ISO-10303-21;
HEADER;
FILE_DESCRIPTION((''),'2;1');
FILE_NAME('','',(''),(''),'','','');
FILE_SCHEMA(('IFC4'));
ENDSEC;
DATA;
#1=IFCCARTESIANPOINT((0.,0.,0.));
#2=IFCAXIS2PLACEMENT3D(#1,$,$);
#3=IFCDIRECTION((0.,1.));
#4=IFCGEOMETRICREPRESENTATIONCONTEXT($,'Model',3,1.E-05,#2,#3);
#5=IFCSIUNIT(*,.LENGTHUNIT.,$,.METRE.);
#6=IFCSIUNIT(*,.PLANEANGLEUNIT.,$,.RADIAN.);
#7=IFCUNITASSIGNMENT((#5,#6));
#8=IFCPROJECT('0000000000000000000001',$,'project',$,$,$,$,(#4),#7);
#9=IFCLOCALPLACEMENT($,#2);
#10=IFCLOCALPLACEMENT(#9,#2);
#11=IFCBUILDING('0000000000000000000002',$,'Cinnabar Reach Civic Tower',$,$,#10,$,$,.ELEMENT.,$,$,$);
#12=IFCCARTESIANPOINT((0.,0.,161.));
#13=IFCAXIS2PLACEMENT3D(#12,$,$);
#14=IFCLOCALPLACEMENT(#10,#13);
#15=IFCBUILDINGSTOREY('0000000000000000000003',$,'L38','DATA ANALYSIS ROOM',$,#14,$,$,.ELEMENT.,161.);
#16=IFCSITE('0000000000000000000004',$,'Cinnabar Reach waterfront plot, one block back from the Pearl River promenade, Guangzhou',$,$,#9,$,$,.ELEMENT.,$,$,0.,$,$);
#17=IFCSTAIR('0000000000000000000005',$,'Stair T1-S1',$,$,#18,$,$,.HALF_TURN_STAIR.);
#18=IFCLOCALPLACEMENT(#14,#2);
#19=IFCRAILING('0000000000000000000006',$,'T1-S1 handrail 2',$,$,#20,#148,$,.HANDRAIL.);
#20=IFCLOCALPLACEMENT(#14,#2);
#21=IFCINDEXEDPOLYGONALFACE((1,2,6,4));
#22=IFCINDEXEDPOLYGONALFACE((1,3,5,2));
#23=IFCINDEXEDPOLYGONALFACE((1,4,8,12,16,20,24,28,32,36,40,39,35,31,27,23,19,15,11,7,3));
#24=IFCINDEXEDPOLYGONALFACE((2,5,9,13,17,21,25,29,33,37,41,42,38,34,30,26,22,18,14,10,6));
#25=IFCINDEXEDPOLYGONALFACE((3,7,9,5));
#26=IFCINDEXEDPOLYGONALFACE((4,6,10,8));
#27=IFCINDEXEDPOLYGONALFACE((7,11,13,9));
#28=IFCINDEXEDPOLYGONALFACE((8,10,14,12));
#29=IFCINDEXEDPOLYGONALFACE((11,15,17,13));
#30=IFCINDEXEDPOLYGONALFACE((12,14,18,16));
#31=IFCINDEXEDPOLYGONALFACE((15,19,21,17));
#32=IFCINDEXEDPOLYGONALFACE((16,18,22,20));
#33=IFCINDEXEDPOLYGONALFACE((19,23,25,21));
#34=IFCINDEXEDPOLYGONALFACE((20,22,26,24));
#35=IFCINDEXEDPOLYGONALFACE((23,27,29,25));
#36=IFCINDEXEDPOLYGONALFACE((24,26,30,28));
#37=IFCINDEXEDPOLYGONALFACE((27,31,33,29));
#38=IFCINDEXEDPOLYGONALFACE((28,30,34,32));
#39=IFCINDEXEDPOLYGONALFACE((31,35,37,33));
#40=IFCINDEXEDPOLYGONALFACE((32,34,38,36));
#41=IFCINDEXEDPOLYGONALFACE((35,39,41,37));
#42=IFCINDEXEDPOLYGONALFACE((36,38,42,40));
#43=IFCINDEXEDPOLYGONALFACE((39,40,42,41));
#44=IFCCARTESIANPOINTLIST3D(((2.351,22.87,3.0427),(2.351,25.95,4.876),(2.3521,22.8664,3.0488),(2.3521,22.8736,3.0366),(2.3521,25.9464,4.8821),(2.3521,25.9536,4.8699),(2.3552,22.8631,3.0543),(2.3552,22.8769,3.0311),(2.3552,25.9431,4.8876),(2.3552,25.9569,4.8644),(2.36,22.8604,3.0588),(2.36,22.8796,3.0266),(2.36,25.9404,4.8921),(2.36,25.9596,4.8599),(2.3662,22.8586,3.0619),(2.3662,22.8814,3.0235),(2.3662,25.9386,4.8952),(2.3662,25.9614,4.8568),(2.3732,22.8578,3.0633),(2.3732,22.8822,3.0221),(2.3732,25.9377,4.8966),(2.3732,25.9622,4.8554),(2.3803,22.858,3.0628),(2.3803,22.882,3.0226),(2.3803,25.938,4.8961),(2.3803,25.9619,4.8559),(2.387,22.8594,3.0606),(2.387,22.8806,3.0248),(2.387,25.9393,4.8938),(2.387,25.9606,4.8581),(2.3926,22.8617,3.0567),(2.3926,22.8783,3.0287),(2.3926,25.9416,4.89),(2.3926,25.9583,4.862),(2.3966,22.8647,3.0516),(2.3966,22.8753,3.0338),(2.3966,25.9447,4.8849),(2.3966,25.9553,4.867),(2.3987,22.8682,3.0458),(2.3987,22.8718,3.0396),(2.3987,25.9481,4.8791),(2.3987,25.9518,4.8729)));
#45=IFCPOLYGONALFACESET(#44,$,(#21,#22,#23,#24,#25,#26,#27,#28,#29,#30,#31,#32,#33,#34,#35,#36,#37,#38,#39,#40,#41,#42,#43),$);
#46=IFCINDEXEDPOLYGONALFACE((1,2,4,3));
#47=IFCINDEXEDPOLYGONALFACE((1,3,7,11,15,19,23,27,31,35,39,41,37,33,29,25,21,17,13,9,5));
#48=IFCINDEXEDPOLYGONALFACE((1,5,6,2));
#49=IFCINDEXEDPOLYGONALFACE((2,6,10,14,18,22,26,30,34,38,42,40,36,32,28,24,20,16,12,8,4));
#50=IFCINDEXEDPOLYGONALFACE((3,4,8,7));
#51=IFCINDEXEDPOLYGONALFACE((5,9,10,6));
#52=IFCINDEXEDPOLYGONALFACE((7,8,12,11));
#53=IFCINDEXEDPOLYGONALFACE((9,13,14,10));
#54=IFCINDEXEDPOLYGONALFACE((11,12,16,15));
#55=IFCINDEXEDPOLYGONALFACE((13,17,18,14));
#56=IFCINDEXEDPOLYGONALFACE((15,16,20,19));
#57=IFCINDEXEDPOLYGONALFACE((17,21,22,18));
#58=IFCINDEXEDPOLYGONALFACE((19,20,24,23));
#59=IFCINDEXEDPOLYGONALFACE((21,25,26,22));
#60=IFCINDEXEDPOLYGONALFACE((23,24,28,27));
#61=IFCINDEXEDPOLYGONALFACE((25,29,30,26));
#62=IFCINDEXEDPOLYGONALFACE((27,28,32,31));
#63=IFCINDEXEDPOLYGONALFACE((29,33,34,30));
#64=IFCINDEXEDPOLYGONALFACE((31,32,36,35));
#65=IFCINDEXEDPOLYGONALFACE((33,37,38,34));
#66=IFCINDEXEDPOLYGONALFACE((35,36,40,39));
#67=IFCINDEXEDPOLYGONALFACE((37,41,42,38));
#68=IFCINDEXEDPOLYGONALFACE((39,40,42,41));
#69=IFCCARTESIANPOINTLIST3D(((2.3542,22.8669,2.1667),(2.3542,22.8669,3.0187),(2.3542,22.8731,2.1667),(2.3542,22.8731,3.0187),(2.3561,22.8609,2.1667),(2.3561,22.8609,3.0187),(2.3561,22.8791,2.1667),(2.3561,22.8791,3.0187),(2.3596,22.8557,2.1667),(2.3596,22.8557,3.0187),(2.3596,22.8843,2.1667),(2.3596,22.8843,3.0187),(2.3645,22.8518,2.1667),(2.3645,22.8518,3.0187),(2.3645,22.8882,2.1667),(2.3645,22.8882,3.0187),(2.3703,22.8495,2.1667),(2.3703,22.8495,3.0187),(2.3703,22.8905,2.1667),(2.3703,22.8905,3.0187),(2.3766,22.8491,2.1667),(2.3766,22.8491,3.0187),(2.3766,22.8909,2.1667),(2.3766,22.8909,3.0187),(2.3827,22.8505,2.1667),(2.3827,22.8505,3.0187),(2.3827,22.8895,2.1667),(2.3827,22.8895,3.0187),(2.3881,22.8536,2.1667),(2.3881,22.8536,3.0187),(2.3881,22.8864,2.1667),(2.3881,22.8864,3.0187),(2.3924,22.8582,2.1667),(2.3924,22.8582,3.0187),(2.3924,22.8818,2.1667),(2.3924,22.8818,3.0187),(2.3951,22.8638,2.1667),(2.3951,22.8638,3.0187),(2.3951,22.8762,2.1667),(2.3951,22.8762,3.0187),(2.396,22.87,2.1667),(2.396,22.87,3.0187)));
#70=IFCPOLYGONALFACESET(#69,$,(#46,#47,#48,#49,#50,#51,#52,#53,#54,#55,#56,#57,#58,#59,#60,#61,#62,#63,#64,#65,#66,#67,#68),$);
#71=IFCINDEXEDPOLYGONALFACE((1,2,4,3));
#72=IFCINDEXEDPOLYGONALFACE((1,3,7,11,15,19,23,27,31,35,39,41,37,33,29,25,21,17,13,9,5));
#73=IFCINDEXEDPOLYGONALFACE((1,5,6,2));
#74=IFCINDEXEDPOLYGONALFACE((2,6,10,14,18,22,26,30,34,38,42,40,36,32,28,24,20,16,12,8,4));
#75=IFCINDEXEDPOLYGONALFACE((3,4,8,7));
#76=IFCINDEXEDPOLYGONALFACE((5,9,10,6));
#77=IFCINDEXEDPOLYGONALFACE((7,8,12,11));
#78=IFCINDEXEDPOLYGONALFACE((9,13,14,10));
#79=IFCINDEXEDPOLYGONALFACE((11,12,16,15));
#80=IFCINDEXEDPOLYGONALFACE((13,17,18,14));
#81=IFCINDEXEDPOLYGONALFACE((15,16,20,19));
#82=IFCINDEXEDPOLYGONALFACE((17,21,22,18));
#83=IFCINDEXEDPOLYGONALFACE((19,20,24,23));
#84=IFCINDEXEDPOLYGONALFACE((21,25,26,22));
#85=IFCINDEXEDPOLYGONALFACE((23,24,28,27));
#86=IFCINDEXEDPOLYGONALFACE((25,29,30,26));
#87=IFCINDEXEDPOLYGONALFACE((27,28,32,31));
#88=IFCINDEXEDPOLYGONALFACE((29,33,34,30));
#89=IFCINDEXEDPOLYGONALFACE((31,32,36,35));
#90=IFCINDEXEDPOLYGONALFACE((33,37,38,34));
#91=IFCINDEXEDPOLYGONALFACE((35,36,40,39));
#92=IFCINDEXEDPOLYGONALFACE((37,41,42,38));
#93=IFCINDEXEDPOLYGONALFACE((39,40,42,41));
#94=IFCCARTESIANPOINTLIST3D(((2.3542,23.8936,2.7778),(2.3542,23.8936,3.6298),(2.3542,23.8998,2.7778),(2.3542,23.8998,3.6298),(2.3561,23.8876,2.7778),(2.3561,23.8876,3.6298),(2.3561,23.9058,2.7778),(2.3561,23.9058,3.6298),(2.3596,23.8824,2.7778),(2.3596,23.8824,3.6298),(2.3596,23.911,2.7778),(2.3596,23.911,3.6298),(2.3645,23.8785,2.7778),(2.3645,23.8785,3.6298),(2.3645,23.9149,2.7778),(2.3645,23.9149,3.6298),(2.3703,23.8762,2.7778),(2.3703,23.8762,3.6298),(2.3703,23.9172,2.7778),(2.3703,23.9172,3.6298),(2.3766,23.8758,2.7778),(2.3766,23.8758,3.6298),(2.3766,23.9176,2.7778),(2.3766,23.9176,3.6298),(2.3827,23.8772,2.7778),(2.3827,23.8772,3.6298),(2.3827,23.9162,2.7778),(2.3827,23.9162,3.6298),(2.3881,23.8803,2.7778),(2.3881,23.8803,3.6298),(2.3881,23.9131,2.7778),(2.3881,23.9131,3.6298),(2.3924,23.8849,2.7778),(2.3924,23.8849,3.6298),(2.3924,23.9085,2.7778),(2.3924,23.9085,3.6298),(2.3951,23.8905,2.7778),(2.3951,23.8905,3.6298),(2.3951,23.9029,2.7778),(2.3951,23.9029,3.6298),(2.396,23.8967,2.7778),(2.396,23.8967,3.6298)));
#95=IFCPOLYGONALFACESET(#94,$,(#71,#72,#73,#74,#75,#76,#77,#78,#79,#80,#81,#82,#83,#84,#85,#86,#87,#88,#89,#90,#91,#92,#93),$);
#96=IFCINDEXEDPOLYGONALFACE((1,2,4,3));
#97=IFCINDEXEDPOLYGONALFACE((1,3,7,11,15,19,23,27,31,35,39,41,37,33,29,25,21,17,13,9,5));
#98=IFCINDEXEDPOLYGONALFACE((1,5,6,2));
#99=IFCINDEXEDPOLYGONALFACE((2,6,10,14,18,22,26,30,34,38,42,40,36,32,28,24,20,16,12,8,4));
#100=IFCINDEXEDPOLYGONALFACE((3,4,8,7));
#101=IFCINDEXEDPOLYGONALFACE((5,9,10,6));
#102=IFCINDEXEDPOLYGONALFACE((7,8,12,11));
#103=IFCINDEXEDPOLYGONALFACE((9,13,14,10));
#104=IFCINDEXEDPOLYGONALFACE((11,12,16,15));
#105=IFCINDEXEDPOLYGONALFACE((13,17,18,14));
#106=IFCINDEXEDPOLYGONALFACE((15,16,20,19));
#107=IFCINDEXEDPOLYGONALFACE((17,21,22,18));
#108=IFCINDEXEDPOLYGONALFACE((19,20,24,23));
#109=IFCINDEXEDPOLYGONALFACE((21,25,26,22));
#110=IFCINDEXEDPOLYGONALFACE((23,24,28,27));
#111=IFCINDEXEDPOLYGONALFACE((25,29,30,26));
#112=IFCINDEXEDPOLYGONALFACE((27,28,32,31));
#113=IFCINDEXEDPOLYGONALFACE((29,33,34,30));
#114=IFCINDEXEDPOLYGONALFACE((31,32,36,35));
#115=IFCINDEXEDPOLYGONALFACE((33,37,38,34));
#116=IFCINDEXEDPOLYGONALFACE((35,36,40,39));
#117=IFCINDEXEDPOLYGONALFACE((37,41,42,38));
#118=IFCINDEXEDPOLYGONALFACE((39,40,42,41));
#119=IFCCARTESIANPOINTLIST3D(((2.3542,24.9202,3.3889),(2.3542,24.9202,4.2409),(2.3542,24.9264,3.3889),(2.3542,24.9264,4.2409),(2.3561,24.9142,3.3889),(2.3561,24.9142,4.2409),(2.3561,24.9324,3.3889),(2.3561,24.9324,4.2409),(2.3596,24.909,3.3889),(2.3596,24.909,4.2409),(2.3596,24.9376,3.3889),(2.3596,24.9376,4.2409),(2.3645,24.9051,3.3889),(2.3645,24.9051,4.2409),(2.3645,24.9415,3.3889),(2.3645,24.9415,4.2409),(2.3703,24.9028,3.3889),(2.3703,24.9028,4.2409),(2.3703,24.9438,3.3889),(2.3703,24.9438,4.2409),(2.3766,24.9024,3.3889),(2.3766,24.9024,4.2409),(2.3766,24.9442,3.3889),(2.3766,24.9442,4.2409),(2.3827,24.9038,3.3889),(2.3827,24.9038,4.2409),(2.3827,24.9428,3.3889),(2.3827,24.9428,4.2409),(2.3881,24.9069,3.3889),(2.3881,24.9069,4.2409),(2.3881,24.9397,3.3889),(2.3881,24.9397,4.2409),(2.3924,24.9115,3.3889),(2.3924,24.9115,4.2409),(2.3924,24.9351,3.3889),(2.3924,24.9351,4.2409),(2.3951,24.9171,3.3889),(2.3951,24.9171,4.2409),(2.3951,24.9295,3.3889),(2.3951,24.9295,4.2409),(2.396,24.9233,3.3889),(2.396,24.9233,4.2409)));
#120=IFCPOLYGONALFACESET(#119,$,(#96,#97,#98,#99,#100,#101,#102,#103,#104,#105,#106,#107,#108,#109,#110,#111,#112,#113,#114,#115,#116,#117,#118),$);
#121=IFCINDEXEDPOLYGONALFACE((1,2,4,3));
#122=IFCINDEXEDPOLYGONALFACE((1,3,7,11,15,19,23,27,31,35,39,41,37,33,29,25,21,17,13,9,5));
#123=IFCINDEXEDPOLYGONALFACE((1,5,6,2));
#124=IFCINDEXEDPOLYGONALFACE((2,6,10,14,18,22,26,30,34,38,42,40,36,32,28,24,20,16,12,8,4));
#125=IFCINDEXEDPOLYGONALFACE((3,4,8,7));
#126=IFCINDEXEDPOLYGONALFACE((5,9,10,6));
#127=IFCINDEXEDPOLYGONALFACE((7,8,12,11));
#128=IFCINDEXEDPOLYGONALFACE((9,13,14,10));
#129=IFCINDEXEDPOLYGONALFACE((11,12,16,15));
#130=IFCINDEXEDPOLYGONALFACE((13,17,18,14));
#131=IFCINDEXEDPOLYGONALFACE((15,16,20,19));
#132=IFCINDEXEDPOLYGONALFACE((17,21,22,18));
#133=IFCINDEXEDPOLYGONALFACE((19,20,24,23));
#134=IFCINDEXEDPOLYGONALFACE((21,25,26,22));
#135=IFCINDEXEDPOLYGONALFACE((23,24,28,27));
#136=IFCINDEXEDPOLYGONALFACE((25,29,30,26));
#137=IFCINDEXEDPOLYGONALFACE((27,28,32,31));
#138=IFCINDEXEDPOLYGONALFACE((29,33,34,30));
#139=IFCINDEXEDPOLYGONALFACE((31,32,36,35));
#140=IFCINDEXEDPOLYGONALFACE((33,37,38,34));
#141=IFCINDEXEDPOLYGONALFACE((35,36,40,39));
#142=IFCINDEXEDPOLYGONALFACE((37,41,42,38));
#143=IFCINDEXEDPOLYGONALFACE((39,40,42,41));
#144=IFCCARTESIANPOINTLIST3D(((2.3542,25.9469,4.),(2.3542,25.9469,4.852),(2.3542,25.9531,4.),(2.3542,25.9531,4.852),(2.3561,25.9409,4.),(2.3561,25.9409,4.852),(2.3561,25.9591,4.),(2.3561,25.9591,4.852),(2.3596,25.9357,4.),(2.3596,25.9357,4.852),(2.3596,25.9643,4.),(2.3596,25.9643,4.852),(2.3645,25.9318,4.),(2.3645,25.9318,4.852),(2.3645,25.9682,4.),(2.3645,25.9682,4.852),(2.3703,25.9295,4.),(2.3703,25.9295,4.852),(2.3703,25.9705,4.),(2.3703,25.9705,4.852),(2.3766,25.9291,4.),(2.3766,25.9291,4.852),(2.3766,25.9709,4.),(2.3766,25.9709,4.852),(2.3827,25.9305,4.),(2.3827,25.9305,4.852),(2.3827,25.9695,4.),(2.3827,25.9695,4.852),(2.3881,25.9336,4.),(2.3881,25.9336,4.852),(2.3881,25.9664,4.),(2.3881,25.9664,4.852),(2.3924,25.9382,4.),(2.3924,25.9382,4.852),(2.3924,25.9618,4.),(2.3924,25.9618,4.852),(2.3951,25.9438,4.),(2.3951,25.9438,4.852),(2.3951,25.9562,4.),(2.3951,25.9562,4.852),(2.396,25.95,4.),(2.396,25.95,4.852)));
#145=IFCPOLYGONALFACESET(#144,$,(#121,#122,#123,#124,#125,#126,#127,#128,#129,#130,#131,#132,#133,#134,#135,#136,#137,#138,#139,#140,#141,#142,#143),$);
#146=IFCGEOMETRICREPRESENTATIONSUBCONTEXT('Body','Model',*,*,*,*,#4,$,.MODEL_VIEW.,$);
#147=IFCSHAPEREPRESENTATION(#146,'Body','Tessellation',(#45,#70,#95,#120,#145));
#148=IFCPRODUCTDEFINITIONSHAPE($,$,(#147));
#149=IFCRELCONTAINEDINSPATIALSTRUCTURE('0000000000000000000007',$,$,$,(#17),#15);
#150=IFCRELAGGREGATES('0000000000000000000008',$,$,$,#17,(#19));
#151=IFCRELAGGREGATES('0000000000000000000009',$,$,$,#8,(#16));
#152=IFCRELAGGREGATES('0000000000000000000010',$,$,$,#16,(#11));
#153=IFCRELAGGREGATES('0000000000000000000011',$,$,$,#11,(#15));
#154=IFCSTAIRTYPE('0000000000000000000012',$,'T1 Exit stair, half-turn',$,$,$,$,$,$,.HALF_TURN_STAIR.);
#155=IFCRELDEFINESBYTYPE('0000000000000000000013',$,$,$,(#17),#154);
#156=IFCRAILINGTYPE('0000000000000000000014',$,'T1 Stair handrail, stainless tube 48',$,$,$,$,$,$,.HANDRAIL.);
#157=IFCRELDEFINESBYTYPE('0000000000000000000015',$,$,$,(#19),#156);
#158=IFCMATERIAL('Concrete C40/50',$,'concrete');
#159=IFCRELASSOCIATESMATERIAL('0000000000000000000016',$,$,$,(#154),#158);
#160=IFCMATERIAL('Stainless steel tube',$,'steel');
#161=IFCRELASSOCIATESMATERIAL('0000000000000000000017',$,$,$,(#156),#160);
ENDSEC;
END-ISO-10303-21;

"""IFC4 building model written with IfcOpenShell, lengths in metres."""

from ifc_helpers import new_model, si_unit, direction, frame, origin, origin_2d, place, context, subcontext, project, spatial, circle, extrude, material, type_object, element, aggregate, save


model = new_model("IFC4")

# Units and contexts
model_context = context("Model", 3, precision=1e-05, world=origin(), true_north=direction((0.0, 1.0)))
body_context = subcontext(model_context, "Body", "Model", "MODEL_VIEW")
ifc_project = project(units=[si_unit("LENGTHUNIT", "METRE"), si_unit("PLANEANGLEUNIT", "RADIAN")], contexts=[model_context])

# Site, building, storey
site_placement = place(None, origin())
site = spatial("IfcSite", under=ifc_project, at=site_placement, Name="Cinnabar Reach waterfront plot, one block back from the Pearl River promenade, Guangzhou", CompositionType="ELEMENT", RefElevation=0.0)
building_placement = place(site_placement, origin())
building = spatial("IfcBuilding", under=site, at=building_placement, Name="Cinnabar Reach Civic Tower", CompositionType="ELEMENT")
storey_placement = place(building_placement, frame((0.0, 0.0, 161.0)))
storey = spatial("IfcBuildingStorey", under=building, at=storey_placement, Name="L38", Description="DATA ANALYSIS ROOM", CompositionType="ELEMENT", Elevation=161.0)

# Shared definitions
ifc_material_1 = material(Name="Concrete C40/50", Category="concrete")

# Stair, railing
stair_type = type_object("IfcStairType", Name="T1 Exit stair, half-turn", PredefinedType="HALF_TURN_STAIR", material=ifc_material_1)
stair_placement = place(storey_placement, origin())
stair = element("IfcStair", 1, at=stair_placement, inside=storey, type_object=stair_type, Name="Stair T1-S1", PredefinedType="HALF_TURN_STAIR")
ifc_material_2 = material(Name="Stainless steel tube", Category="steel")
railing_type = type_object("IfcRailingType", Name="T1 Stair handrail, stainless tube 48", PredefinedType="HANDRAIL", material=ifc_material_2)
railing_1_placement = place(storey_placement, frame((2.375, 22.87, 2.1667)))
railing_1 = element("IfcRailing", 2, at=railing_1_placement, type_object=railing_type, Name="T1-S1 handrail 2", PredefinedType="HANDRAIL", context=body_context, shape_type="SweptSolid", body=[
    extrude(circle(Radius=0.024, at=origin_2d()), frame((0.0, 0.0, 0.876), z_axis=(0.0, 0.859297, 0.511477), x_axis=(-1.0, 0.0, 0.0)), (0.0, 0.0, 1.0), 3.5843),
    extrude(circle(Radius=0.021, at=origin_2d()), origin(), (0.0, 0.0, 1.0), 0.852),
    extrude(circle(Radius=0.021, at=origin_2d()), frame((0.0, 1.0267, 0.6111)), (0.0, 0.0, 1.0), 0.852),
    extrude(circle(Radius=0.021, at=origin_2d()), frame((0.0, 2.0533, 1.2222)), (0.0, 0.0, 1.0), 0.852),
    extrude(circle(Radius=0.021, at=origin_2d()), frame((0.0, 3.08, 1.8333)), (0.0, 0.0, 1.0), 0.852),
])
aggregate(stair, [railing_1])

save(model, "model.ifc")
